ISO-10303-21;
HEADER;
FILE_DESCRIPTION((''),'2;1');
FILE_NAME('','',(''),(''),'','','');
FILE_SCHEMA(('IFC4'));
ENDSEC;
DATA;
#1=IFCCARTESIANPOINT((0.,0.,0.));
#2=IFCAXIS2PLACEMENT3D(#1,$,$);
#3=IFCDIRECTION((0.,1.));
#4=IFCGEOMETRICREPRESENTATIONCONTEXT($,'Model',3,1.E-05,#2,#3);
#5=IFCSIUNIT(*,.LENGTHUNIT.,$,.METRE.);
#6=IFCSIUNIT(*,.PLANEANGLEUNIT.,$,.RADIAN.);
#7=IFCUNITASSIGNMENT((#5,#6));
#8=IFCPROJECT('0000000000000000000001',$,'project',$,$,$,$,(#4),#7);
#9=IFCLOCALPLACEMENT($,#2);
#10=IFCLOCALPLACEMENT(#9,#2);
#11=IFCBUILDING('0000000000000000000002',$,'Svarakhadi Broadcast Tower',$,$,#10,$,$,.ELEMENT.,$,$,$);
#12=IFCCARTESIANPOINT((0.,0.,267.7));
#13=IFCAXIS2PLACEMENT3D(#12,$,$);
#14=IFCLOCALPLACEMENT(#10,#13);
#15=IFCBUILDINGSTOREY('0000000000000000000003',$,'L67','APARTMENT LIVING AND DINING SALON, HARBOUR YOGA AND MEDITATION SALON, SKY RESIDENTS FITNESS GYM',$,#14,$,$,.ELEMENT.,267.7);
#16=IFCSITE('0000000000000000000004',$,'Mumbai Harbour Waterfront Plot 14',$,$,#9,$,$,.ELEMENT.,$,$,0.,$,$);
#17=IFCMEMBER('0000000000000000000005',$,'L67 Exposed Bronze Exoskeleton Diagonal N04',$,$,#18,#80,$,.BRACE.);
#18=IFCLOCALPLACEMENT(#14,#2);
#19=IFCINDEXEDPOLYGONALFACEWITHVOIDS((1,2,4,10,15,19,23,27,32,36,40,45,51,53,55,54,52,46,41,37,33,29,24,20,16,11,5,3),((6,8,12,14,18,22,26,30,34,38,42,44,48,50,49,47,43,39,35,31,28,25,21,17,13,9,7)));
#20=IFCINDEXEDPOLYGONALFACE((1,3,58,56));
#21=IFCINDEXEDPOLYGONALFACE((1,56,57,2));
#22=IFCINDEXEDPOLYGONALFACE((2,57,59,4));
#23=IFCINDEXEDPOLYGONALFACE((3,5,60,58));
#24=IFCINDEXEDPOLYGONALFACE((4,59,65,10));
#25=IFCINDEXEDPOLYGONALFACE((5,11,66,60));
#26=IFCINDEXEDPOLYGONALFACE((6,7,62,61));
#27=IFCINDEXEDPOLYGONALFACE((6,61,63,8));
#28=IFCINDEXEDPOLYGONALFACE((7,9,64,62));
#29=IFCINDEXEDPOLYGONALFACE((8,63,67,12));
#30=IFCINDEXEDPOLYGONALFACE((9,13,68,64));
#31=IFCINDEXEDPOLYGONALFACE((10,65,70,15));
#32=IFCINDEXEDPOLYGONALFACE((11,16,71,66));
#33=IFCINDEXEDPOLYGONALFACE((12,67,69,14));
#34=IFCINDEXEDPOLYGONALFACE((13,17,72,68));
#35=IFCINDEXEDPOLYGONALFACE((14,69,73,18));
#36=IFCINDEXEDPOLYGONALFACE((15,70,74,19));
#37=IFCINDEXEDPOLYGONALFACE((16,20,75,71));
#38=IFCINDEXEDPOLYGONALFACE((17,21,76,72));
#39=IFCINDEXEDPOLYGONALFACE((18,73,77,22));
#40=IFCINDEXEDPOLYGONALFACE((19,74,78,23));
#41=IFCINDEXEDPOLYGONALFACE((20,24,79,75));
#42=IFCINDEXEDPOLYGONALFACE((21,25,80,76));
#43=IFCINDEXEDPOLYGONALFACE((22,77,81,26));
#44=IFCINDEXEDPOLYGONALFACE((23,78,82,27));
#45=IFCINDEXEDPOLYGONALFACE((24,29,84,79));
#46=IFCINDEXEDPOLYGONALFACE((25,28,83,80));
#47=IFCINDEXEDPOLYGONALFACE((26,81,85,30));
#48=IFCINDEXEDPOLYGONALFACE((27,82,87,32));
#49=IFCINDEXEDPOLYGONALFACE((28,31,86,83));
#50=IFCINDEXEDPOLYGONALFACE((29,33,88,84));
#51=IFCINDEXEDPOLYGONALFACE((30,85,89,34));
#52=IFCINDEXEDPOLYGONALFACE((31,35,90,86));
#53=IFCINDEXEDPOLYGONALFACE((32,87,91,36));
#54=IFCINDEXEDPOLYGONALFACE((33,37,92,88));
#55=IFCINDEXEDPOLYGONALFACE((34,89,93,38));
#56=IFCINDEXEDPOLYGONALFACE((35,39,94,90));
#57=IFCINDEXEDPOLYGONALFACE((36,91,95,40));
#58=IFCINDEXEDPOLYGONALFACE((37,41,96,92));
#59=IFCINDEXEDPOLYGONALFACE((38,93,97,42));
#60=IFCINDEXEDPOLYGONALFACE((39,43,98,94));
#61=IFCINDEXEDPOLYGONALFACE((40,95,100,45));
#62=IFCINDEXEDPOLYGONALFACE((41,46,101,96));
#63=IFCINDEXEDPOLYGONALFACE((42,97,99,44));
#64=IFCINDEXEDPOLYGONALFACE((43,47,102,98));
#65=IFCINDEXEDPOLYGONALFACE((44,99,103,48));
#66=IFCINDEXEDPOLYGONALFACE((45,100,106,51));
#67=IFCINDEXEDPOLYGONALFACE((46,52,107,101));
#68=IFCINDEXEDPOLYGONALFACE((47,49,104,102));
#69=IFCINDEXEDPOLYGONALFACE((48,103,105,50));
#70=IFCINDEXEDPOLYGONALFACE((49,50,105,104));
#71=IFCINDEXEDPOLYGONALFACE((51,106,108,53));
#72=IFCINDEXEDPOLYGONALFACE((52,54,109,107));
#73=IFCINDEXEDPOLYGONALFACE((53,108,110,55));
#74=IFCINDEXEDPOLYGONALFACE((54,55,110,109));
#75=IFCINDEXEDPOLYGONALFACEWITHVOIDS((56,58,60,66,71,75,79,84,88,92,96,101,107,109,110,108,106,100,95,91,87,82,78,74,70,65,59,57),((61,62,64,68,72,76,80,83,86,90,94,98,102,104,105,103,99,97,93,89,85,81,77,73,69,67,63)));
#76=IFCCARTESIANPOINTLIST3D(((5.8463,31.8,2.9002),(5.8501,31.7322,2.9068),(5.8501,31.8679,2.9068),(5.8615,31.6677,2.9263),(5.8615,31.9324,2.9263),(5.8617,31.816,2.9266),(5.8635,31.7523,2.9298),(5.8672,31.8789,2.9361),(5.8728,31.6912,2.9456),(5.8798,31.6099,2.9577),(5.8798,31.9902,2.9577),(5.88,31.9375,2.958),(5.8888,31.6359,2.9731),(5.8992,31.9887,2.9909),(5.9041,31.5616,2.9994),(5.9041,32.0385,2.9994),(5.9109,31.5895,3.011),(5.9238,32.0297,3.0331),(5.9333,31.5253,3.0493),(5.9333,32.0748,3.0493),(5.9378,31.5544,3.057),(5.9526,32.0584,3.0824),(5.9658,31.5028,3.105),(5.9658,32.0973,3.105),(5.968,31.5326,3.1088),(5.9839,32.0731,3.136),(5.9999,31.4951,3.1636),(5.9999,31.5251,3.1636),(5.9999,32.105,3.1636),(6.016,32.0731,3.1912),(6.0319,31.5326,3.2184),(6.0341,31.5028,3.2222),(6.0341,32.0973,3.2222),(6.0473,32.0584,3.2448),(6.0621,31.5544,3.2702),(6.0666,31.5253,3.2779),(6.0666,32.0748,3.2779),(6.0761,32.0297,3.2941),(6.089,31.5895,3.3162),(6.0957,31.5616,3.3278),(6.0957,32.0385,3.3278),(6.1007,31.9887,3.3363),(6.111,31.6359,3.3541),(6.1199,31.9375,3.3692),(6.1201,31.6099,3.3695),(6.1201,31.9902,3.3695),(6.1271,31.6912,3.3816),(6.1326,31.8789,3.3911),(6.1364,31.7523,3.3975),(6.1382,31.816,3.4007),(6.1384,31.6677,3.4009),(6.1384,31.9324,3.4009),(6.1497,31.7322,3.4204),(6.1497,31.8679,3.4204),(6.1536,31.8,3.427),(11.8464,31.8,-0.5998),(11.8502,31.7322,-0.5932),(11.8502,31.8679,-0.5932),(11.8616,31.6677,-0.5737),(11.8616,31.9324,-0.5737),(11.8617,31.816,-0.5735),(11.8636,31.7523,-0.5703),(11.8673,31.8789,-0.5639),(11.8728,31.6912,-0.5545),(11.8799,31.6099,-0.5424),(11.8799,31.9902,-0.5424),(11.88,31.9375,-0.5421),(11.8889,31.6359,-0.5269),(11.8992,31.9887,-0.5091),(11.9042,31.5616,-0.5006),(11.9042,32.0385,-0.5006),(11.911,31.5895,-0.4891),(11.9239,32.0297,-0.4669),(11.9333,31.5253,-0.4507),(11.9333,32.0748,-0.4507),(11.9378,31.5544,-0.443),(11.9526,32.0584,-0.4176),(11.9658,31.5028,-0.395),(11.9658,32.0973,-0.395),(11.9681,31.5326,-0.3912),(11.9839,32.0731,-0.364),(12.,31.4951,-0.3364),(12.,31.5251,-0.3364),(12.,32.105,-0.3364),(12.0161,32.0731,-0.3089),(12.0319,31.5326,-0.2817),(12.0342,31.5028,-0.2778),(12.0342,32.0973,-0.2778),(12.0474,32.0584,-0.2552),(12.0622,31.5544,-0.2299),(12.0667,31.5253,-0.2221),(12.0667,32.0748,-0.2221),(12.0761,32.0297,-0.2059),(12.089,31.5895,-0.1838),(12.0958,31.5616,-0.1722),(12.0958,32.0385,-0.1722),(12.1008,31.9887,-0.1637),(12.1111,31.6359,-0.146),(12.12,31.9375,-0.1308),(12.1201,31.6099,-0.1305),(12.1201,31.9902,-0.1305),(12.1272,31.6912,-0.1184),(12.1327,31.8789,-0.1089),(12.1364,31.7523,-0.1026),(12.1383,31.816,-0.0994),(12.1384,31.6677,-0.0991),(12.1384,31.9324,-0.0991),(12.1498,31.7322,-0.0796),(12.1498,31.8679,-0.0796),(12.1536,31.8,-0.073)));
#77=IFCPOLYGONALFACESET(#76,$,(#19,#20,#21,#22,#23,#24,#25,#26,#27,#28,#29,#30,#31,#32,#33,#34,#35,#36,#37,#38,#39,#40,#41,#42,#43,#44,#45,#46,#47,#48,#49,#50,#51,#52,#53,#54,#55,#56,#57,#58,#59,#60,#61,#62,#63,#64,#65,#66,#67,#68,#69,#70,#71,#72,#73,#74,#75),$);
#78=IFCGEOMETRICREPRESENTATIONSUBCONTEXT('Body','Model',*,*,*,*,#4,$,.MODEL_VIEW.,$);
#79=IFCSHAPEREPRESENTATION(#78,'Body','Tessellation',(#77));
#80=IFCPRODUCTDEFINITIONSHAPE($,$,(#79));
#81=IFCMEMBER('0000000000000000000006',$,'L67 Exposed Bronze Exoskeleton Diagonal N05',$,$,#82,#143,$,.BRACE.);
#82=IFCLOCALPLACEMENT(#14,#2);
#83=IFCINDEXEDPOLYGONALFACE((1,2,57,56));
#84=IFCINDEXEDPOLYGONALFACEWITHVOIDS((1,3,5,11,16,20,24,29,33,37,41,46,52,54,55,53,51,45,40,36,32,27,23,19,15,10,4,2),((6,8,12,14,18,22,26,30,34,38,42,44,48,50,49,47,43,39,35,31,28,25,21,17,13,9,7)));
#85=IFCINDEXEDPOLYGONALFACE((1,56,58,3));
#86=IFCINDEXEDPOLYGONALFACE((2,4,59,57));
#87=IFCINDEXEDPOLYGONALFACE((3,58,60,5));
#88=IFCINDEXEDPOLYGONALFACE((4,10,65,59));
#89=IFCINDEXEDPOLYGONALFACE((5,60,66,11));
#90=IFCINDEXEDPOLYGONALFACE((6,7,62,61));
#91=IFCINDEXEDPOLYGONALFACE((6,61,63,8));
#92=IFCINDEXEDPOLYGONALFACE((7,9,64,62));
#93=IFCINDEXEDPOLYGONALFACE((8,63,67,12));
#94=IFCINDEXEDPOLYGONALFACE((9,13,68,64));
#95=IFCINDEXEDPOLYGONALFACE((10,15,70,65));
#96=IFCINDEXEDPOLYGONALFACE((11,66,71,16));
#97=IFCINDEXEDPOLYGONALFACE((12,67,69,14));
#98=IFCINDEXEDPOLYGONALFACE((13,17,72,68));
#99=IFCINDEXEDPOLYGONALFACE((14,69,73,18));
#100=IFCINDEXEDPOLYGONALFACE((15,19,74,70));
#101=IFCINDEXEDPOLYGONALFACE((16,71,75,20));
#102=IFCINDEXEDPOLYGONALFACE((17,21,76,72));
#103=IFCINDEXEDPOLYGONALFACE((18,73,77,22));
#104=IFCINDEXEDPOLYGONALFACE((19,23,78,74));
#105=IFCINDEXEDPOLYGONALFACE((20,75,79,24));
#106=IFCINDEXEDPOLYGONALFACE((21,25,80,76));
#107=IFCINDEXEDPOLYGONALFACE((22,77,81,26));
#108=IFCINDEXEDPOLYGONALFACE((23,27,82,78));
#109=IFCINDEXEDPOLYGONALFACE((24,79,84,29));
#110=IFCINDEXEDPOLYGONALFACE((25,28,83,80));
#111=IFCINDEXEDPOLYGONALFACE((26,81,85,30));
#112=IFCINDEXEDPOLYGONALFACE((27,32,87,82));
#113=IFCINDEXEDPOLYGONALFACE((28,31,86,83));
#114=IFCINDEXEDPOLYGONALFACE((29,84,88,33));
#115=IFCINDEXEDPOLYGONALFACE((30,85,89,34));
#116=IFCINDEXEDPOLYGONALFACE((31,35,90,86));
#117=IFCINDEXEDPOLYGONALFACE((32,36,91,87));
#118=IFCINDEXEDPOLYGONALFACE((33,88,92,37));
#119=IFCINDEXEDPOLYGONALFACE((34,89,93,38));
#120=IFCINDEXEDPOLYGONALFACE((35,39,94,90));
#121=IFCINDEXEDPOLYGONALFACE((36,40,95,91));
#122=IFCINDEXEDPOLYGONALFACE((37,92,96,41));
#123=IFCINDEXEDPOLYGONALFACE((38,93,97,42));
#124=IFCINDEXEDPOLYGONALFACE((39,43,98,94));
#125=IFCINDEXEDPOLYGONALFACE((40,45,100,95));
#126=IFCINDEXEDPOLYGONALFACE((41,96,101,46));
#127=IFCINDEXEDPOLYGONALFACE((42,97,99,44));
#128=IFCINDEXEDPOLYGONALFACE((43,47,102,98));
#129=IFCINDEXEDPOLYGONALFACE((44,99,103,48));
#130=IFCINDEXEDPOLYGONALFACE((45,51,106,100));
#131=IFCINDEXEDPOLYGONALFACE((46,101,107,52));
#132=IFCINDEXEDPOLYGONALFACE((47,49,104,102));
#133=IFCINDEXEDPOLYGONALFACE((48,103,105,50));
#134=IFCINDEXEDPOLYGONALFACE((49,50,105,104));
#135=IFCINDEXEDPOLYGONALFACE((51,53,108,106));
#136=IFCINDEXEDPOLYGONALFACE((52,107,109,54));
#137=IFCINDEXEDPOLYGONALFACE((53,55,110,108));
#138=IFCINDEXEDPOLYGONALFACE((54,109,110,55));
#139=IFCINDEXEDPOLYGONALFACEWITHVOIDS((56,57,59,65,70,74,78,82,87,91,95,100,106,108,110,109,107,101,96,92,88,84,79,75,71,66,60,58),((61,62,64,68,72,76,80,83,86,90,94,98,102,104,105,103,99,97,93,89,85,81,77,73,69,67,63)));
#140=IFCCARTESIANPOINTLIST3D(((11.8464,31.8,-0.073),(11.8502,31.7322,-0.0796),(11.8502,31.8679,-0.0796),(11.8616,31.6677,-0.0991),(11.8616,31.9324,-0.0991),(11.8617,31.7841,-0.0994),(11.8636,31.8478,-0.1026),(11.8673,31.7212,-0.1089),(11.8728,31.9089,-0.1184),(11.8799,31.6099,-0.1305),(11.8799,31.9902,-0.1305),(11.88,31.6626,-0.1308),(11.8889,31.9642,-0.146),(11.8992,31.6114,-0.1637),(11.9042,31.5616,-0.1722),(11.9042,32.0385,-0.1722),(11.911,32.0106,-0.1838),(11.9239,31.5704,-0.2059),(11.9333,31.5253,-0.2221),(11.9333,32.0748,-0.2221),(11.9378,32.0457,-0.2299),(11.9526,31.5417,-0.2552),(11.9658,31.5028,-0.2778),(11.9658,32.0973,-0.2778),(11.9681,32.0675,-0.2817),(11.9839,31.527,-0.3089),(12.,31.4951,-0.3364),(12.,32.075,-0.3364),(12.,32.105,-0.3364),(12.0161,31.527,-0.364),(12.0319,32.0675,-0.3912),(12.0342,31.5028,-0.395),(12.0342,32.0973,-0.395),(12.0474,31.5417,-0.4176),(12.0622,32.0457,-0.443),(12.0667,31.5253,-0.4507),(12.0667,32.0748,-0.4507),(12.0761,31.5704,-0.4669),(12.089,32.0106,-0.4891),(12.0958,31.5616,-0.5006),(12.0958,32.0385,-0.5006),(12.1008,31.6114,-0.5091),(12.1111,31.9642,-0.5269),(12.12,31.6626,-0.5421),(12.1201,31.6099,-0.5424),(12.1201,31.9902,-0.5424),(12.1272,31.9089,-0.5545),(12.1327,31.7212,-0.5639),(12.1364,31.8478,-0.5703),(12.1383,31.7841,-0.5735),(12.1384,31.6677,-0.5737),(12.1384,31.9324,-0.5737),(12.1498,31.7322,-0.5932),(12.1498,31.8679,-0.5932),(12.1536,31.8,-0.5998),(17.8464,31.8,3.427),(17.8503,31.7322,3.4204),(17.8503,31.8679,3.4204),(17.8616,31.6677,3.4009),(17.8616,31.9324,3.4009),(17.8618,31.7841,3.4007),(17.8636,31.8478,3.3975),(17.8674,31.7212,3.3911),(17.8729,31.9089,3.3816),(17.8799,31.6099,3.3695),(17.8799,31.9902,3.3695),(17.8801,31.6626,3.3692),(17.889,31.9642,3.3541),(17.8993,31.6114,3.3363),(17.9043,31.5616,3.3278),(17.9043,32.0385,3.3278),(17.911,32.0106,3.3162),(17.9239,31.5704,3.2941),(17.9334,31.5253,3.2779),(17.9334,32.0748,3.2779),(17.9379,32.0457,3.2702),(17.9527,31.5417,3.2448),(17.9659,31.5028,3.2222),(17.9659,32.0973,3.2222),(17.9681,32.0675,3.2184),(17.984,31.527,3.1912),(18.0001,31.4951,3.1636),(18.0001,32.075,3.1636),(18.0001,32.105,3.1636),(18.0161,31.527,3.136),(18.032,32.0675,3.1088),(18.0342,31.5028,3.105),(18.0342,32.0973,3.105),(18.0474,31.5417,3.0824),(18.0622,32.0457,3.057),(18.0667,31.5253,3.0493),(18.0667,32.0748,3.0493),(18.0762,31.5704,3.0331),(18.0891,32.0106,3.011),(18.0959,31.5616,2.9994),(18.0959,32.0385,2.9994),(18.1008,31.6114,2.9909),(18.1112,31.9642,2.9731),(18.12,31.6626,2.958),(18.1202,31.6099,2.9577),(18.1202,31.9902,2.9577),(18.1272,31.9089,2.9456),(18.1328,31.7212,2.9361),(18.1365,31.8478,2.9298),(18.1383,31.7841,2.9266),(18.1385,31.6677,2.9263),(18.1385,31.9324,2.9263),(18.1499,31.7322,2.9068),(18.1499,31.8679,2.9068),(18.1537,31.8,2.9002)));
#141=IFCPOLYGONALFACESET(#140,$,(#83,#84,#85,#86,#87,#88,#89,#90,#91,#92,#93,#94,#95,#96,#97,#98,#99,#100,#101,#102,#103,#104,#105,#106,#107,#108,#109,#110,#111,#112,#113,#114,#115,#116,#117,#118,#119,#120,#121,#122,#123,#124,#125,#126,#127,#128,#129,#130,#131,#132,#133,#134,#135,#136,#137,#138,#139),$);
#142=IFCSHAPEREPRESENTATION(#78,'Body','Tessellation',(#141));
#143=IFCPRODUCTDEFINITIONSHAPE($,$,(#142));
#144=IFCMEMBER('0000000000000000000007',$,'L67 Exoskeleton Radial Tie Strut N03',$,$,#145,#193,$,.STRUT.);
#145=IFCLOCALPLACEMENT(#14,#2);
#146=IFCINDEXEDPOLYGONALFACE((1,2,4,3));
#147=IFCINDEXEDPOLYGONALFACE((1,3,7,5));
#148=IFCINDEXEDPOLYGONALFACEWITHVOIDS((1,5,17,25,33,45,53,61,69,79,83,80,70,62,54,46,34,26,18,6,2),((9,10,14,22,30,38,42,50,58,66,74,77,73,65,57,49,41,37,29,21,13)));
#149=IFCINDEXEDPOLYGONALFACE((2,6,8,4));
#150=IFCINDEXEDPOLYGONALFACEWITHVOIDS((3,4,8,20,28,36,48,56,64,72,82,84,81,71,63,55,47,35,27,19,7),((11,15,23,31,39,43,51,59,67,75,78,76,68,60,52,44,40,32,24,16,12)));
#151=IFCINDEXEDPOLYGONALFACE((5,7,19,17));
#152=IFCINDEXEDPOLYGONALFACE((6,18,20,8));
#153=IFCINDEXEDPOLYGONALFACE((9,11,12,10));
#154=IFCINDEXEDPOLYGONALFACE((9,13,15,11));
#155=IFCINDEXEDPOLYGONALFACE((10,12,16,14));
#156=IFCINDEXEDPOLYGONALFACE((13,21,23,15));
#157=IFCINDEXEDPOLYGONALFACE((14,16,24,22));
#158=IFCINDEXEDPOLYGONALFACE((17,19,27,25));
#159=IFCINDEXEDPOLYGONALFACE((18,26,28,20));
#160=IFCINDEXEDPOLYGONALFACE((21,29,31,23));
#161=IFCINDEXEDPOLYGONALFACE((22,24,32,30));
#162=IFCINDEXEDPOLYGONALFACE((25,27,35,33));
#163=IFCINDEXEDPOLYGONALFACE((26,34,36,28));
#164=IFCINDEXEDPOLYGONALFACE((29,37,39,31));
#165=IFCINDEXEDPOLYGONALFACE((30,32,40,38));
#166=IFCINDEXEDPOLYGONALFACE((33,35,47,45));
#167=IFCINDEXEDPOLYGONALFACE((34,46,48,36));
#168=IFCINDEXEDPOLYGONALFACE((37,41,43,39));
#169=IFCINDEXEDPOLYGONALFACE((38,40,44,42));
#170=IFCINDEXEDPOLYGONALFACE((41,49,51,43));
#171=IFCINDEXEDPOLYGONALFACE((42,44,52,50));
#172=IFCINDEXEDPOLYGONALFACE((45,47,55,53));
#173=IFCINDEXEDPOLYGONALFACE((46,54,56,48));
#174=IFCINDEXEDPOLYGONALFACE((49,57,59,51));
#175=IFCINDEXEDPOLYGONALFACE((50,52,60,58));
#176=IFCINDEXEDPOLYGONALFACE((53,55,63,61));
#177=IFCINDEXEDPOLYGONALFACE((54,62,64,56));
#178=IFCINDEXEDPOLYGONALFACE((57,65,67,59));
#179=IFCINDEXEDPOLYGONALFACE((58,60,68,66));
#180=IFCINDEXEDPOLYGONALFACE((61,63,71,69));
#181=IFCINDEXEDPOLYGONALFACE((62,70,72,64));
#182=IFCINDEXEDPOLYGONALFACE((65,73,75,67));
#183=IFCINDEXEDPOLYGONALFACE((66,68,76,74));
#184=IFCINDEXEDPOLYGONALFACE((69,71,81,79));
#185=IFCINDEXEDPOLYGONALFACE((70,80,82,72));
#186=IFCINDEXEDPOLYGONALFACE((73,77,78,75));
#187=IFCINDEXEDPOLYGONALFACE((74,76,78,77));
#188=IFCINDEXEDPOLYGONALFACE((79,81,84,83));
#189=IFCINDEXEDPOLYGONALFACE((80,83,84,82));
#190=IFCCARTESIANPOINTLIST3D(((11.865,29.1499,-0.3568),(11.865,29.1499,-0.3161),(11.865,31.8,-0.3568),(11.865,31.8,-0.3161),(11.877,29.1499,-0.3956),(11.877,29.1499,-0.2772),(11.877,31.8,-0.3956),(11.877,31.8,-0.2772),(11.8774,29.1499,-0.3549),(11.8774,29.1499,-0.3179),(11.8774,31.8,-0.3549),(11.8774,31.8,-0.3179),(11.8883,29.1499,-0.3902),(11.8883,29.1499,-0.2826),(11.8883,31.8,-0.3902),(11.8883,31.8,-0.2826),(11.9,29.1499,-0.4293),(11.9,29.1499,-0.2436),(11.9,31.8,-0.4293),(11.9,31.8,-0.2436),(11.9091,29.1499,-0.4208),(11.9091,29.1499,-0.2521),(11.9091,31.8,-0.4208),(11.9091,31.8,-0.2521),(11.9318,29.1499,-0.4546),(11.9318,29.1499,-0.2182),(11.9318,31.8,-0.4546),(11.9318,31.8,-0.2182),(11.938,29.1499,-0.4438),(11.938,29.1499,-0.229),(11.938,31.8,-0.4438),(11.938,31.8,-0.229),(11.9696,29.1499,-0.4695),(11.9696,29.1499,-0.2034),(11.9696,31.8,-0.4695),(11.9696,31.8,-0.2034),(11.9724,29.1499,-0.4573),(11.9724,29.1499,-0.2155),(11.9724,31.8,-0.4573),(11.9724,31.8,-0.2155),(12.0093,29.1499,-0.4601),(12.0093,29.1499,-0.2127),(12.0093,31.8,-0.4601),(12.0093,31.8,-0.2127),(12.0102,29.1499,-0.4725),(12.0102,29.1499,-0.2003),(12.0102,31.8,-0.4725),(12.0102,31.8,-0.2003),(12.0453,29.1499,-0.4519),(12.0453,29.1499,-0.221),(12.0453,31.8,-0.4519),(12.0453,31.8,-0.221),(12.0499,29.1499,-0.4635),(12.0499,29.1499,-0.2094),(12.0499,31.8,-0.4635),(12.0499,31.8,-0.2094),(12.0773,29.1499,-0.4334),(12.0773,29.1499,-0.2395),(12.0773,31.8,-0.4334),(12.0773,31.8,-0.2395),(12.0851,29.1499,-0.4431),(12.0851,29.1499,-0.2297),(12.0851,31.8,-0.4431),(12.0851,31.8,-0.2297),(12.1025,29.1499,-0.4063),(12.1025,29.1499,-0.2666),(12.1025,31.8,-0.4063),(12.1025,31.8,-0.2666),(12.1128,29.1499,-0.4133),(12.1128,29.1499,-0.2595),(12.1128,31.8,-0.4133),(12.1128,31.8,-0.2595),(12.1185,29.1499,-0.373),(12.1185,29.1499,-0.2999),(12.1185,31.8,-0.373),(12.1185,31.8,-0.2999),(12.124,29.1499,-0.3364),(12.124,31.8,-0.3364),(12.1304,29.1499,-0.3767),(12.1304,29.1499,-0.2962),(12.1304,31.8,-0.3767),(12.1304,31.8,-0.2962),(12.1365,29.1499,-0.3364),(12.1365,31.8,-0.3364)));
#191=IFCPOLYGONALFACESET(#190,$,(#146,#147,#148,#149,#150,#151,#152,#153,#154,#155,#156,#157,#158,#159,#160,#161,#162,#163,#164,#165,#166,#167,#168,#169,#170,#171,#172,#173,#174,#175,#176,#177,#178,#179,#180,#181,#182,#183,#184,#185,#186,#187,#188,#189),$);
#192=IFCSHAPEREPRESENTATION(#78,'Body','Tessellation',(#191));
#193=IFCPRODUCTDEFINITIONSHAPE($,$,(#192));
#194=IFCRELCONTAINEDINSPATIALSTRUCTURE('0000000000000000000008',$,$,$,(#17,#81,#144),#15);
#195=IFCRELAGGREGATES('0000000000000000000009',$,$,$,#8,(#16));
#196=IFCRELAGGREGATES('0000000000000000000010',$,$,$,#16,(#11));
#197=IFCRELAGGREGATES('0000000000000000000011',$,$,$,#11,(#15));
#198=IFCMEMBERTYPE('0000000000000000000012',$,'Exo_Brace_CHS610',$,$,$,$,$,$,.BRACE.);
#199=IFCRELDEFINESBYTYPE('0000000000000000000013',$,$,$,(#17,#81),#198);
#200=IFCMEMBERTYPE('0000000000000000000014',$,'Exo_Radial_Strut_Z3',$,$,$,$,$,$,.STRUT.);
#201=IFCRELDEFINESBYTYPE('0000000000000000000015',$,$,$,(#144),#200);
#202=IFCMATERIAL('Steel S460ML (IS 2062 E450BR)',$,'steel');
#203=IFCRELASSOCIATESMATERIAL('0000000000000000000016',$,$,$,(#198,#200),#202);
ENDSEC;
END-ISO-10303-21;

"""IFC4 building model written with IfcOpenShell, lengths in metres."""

from ifc_helpers import new_model, si_unit, direction, frame, origin, origin_2d, place, context, subcontext, project, spatial, hollow_circle, extrude, material, material_profile, profile_set, type_object, element, save


model = new_model("IFC4")

# Units and contexts
model_context = context("Model", 3, precision=1e-05, world=origin(), true_north=direction((0.0, 1.0)))
body_context = subcontext(model_context, "Body", "Model", "MODEL_VIEW")
ifc_project = project(units=[si_unit("LENGTHUNIT", "METRE"), si_unit("PLANEANGLEUNIT", "RADIAN")], contexts=[model_context])

# Site, building, storey
site_placement = place(None, origin())
site = spatial("IfcSite", under=ifc_project, at=site_placement, Name="Mumbai Harbour Waterfront Plot 14", CompositionType="ELEMENT", RefElevation=0.0)
building_placement = place(site_placement, origin())
building = spatial("IfcBuilding", under=site, at=building_placement, Name="Svarakhadi Broadcast Tower", CompositionType="ELEMENT")
storey_placement = place(building_placement, frame((0.0, 0.0, 267.7)))
storey = spatial("IfcBuildingStorey", under=building, at=storey_placement, Name="L67", Description="APARTMENT LIVING AND DINING SALON, HARBOUR YOGA AND MEDITATION SALON, SKY RESIDENTS FITNESS GYM", CompositionType="ELEMENT", Elevation=267.7)

# Shared definitions
ifc_material_1 = material(Name="Steel S460ML (IS 2062 E450BR)", Category="steel")

# Members
ifc_material_profile_1 = material_profile(ifc_material_1, hollow_circle(Radius=0.3049, WallThickness=0.03, at=origin_2d()), Name="CHS 610x30")
ifc_profile_set_1 = profile_set([ifc_material_profile_1], Name="Steel S460ML (IS 2062 E450BR)")
member_type_1 = type_object("IfcMemberType", Name="Exo_Brace_CHS610", PredefinedType="BRACE", material=ifc_profile_set_1)
for number, where, z_axis, x_axis, name in (
    (1, (12.0, 31.8, -0.3364), (-0.863779, 0.0, 0.503871), (0.0, -1.0, 0.0), "L67 Exposed Bronze Exoskeleton Diagonal N04"),
    (2, (12.0, 31.8, -0.3364), (0.863779, 0.0, 0.503871), (0.0, 1.0, 0.0), "L67 Exposed Bronze Exoskeleton Diagonal N05"),
):
    element("IfcMember", number, at=place(storey_placement, frame(where, z_axis=z_axis, x_axis=x_axis)), inside=storey, type_object=member_type_1, Name=name, PredefinedType="BRACE", context=body_context, shape_type="SweptSolid", body=[
        extrude(hollow_circle(Radius=0.3049, WallThickness=0.03, at=origin_2d()), origin(), (0.0, 0.0, 1.0), 6.9463),
    ])
ifc_material_profile_2 = material_profile(ifc_material_1, hollow_circle(Radius=0.1365, WallThickness=0.0125, at=origin_2d()), Name="CHS 273x12.5")
ifc_profile_set_2 = profile_set([ifc_material_profile_2], Name="Steel S460ML (IS 2062 E450BR)")
member_type_2 = type_object("IfcMemberType", Name="Exo_Radial_Strut_Z3", PredefinedType="STRUT", material=ifc_profile_set_2)
member_1_placement = place(storey_placement, frame((12.0, 31.8, -0.3364), z_axis=(0.0, -1.0, 0.0), x_axis=(1.0, 0.0, 0.0)))
element("IfcMember", 3, at=member_1_placement, inside=storey, type_object=member_type_2, Name="L67 Exoskeleton Radial Tie Strut N03", PredefinedType="STRUT", context=body_context, shape_type="SweptSolid", body=[
    extrude(hollow_circle(Radius=0.1365, WallThickness=0.0125, at=origin_2d()), origin(), (0.0, 0.0, 1.0), 2.6501),
])

save(model, "model.ifc")
